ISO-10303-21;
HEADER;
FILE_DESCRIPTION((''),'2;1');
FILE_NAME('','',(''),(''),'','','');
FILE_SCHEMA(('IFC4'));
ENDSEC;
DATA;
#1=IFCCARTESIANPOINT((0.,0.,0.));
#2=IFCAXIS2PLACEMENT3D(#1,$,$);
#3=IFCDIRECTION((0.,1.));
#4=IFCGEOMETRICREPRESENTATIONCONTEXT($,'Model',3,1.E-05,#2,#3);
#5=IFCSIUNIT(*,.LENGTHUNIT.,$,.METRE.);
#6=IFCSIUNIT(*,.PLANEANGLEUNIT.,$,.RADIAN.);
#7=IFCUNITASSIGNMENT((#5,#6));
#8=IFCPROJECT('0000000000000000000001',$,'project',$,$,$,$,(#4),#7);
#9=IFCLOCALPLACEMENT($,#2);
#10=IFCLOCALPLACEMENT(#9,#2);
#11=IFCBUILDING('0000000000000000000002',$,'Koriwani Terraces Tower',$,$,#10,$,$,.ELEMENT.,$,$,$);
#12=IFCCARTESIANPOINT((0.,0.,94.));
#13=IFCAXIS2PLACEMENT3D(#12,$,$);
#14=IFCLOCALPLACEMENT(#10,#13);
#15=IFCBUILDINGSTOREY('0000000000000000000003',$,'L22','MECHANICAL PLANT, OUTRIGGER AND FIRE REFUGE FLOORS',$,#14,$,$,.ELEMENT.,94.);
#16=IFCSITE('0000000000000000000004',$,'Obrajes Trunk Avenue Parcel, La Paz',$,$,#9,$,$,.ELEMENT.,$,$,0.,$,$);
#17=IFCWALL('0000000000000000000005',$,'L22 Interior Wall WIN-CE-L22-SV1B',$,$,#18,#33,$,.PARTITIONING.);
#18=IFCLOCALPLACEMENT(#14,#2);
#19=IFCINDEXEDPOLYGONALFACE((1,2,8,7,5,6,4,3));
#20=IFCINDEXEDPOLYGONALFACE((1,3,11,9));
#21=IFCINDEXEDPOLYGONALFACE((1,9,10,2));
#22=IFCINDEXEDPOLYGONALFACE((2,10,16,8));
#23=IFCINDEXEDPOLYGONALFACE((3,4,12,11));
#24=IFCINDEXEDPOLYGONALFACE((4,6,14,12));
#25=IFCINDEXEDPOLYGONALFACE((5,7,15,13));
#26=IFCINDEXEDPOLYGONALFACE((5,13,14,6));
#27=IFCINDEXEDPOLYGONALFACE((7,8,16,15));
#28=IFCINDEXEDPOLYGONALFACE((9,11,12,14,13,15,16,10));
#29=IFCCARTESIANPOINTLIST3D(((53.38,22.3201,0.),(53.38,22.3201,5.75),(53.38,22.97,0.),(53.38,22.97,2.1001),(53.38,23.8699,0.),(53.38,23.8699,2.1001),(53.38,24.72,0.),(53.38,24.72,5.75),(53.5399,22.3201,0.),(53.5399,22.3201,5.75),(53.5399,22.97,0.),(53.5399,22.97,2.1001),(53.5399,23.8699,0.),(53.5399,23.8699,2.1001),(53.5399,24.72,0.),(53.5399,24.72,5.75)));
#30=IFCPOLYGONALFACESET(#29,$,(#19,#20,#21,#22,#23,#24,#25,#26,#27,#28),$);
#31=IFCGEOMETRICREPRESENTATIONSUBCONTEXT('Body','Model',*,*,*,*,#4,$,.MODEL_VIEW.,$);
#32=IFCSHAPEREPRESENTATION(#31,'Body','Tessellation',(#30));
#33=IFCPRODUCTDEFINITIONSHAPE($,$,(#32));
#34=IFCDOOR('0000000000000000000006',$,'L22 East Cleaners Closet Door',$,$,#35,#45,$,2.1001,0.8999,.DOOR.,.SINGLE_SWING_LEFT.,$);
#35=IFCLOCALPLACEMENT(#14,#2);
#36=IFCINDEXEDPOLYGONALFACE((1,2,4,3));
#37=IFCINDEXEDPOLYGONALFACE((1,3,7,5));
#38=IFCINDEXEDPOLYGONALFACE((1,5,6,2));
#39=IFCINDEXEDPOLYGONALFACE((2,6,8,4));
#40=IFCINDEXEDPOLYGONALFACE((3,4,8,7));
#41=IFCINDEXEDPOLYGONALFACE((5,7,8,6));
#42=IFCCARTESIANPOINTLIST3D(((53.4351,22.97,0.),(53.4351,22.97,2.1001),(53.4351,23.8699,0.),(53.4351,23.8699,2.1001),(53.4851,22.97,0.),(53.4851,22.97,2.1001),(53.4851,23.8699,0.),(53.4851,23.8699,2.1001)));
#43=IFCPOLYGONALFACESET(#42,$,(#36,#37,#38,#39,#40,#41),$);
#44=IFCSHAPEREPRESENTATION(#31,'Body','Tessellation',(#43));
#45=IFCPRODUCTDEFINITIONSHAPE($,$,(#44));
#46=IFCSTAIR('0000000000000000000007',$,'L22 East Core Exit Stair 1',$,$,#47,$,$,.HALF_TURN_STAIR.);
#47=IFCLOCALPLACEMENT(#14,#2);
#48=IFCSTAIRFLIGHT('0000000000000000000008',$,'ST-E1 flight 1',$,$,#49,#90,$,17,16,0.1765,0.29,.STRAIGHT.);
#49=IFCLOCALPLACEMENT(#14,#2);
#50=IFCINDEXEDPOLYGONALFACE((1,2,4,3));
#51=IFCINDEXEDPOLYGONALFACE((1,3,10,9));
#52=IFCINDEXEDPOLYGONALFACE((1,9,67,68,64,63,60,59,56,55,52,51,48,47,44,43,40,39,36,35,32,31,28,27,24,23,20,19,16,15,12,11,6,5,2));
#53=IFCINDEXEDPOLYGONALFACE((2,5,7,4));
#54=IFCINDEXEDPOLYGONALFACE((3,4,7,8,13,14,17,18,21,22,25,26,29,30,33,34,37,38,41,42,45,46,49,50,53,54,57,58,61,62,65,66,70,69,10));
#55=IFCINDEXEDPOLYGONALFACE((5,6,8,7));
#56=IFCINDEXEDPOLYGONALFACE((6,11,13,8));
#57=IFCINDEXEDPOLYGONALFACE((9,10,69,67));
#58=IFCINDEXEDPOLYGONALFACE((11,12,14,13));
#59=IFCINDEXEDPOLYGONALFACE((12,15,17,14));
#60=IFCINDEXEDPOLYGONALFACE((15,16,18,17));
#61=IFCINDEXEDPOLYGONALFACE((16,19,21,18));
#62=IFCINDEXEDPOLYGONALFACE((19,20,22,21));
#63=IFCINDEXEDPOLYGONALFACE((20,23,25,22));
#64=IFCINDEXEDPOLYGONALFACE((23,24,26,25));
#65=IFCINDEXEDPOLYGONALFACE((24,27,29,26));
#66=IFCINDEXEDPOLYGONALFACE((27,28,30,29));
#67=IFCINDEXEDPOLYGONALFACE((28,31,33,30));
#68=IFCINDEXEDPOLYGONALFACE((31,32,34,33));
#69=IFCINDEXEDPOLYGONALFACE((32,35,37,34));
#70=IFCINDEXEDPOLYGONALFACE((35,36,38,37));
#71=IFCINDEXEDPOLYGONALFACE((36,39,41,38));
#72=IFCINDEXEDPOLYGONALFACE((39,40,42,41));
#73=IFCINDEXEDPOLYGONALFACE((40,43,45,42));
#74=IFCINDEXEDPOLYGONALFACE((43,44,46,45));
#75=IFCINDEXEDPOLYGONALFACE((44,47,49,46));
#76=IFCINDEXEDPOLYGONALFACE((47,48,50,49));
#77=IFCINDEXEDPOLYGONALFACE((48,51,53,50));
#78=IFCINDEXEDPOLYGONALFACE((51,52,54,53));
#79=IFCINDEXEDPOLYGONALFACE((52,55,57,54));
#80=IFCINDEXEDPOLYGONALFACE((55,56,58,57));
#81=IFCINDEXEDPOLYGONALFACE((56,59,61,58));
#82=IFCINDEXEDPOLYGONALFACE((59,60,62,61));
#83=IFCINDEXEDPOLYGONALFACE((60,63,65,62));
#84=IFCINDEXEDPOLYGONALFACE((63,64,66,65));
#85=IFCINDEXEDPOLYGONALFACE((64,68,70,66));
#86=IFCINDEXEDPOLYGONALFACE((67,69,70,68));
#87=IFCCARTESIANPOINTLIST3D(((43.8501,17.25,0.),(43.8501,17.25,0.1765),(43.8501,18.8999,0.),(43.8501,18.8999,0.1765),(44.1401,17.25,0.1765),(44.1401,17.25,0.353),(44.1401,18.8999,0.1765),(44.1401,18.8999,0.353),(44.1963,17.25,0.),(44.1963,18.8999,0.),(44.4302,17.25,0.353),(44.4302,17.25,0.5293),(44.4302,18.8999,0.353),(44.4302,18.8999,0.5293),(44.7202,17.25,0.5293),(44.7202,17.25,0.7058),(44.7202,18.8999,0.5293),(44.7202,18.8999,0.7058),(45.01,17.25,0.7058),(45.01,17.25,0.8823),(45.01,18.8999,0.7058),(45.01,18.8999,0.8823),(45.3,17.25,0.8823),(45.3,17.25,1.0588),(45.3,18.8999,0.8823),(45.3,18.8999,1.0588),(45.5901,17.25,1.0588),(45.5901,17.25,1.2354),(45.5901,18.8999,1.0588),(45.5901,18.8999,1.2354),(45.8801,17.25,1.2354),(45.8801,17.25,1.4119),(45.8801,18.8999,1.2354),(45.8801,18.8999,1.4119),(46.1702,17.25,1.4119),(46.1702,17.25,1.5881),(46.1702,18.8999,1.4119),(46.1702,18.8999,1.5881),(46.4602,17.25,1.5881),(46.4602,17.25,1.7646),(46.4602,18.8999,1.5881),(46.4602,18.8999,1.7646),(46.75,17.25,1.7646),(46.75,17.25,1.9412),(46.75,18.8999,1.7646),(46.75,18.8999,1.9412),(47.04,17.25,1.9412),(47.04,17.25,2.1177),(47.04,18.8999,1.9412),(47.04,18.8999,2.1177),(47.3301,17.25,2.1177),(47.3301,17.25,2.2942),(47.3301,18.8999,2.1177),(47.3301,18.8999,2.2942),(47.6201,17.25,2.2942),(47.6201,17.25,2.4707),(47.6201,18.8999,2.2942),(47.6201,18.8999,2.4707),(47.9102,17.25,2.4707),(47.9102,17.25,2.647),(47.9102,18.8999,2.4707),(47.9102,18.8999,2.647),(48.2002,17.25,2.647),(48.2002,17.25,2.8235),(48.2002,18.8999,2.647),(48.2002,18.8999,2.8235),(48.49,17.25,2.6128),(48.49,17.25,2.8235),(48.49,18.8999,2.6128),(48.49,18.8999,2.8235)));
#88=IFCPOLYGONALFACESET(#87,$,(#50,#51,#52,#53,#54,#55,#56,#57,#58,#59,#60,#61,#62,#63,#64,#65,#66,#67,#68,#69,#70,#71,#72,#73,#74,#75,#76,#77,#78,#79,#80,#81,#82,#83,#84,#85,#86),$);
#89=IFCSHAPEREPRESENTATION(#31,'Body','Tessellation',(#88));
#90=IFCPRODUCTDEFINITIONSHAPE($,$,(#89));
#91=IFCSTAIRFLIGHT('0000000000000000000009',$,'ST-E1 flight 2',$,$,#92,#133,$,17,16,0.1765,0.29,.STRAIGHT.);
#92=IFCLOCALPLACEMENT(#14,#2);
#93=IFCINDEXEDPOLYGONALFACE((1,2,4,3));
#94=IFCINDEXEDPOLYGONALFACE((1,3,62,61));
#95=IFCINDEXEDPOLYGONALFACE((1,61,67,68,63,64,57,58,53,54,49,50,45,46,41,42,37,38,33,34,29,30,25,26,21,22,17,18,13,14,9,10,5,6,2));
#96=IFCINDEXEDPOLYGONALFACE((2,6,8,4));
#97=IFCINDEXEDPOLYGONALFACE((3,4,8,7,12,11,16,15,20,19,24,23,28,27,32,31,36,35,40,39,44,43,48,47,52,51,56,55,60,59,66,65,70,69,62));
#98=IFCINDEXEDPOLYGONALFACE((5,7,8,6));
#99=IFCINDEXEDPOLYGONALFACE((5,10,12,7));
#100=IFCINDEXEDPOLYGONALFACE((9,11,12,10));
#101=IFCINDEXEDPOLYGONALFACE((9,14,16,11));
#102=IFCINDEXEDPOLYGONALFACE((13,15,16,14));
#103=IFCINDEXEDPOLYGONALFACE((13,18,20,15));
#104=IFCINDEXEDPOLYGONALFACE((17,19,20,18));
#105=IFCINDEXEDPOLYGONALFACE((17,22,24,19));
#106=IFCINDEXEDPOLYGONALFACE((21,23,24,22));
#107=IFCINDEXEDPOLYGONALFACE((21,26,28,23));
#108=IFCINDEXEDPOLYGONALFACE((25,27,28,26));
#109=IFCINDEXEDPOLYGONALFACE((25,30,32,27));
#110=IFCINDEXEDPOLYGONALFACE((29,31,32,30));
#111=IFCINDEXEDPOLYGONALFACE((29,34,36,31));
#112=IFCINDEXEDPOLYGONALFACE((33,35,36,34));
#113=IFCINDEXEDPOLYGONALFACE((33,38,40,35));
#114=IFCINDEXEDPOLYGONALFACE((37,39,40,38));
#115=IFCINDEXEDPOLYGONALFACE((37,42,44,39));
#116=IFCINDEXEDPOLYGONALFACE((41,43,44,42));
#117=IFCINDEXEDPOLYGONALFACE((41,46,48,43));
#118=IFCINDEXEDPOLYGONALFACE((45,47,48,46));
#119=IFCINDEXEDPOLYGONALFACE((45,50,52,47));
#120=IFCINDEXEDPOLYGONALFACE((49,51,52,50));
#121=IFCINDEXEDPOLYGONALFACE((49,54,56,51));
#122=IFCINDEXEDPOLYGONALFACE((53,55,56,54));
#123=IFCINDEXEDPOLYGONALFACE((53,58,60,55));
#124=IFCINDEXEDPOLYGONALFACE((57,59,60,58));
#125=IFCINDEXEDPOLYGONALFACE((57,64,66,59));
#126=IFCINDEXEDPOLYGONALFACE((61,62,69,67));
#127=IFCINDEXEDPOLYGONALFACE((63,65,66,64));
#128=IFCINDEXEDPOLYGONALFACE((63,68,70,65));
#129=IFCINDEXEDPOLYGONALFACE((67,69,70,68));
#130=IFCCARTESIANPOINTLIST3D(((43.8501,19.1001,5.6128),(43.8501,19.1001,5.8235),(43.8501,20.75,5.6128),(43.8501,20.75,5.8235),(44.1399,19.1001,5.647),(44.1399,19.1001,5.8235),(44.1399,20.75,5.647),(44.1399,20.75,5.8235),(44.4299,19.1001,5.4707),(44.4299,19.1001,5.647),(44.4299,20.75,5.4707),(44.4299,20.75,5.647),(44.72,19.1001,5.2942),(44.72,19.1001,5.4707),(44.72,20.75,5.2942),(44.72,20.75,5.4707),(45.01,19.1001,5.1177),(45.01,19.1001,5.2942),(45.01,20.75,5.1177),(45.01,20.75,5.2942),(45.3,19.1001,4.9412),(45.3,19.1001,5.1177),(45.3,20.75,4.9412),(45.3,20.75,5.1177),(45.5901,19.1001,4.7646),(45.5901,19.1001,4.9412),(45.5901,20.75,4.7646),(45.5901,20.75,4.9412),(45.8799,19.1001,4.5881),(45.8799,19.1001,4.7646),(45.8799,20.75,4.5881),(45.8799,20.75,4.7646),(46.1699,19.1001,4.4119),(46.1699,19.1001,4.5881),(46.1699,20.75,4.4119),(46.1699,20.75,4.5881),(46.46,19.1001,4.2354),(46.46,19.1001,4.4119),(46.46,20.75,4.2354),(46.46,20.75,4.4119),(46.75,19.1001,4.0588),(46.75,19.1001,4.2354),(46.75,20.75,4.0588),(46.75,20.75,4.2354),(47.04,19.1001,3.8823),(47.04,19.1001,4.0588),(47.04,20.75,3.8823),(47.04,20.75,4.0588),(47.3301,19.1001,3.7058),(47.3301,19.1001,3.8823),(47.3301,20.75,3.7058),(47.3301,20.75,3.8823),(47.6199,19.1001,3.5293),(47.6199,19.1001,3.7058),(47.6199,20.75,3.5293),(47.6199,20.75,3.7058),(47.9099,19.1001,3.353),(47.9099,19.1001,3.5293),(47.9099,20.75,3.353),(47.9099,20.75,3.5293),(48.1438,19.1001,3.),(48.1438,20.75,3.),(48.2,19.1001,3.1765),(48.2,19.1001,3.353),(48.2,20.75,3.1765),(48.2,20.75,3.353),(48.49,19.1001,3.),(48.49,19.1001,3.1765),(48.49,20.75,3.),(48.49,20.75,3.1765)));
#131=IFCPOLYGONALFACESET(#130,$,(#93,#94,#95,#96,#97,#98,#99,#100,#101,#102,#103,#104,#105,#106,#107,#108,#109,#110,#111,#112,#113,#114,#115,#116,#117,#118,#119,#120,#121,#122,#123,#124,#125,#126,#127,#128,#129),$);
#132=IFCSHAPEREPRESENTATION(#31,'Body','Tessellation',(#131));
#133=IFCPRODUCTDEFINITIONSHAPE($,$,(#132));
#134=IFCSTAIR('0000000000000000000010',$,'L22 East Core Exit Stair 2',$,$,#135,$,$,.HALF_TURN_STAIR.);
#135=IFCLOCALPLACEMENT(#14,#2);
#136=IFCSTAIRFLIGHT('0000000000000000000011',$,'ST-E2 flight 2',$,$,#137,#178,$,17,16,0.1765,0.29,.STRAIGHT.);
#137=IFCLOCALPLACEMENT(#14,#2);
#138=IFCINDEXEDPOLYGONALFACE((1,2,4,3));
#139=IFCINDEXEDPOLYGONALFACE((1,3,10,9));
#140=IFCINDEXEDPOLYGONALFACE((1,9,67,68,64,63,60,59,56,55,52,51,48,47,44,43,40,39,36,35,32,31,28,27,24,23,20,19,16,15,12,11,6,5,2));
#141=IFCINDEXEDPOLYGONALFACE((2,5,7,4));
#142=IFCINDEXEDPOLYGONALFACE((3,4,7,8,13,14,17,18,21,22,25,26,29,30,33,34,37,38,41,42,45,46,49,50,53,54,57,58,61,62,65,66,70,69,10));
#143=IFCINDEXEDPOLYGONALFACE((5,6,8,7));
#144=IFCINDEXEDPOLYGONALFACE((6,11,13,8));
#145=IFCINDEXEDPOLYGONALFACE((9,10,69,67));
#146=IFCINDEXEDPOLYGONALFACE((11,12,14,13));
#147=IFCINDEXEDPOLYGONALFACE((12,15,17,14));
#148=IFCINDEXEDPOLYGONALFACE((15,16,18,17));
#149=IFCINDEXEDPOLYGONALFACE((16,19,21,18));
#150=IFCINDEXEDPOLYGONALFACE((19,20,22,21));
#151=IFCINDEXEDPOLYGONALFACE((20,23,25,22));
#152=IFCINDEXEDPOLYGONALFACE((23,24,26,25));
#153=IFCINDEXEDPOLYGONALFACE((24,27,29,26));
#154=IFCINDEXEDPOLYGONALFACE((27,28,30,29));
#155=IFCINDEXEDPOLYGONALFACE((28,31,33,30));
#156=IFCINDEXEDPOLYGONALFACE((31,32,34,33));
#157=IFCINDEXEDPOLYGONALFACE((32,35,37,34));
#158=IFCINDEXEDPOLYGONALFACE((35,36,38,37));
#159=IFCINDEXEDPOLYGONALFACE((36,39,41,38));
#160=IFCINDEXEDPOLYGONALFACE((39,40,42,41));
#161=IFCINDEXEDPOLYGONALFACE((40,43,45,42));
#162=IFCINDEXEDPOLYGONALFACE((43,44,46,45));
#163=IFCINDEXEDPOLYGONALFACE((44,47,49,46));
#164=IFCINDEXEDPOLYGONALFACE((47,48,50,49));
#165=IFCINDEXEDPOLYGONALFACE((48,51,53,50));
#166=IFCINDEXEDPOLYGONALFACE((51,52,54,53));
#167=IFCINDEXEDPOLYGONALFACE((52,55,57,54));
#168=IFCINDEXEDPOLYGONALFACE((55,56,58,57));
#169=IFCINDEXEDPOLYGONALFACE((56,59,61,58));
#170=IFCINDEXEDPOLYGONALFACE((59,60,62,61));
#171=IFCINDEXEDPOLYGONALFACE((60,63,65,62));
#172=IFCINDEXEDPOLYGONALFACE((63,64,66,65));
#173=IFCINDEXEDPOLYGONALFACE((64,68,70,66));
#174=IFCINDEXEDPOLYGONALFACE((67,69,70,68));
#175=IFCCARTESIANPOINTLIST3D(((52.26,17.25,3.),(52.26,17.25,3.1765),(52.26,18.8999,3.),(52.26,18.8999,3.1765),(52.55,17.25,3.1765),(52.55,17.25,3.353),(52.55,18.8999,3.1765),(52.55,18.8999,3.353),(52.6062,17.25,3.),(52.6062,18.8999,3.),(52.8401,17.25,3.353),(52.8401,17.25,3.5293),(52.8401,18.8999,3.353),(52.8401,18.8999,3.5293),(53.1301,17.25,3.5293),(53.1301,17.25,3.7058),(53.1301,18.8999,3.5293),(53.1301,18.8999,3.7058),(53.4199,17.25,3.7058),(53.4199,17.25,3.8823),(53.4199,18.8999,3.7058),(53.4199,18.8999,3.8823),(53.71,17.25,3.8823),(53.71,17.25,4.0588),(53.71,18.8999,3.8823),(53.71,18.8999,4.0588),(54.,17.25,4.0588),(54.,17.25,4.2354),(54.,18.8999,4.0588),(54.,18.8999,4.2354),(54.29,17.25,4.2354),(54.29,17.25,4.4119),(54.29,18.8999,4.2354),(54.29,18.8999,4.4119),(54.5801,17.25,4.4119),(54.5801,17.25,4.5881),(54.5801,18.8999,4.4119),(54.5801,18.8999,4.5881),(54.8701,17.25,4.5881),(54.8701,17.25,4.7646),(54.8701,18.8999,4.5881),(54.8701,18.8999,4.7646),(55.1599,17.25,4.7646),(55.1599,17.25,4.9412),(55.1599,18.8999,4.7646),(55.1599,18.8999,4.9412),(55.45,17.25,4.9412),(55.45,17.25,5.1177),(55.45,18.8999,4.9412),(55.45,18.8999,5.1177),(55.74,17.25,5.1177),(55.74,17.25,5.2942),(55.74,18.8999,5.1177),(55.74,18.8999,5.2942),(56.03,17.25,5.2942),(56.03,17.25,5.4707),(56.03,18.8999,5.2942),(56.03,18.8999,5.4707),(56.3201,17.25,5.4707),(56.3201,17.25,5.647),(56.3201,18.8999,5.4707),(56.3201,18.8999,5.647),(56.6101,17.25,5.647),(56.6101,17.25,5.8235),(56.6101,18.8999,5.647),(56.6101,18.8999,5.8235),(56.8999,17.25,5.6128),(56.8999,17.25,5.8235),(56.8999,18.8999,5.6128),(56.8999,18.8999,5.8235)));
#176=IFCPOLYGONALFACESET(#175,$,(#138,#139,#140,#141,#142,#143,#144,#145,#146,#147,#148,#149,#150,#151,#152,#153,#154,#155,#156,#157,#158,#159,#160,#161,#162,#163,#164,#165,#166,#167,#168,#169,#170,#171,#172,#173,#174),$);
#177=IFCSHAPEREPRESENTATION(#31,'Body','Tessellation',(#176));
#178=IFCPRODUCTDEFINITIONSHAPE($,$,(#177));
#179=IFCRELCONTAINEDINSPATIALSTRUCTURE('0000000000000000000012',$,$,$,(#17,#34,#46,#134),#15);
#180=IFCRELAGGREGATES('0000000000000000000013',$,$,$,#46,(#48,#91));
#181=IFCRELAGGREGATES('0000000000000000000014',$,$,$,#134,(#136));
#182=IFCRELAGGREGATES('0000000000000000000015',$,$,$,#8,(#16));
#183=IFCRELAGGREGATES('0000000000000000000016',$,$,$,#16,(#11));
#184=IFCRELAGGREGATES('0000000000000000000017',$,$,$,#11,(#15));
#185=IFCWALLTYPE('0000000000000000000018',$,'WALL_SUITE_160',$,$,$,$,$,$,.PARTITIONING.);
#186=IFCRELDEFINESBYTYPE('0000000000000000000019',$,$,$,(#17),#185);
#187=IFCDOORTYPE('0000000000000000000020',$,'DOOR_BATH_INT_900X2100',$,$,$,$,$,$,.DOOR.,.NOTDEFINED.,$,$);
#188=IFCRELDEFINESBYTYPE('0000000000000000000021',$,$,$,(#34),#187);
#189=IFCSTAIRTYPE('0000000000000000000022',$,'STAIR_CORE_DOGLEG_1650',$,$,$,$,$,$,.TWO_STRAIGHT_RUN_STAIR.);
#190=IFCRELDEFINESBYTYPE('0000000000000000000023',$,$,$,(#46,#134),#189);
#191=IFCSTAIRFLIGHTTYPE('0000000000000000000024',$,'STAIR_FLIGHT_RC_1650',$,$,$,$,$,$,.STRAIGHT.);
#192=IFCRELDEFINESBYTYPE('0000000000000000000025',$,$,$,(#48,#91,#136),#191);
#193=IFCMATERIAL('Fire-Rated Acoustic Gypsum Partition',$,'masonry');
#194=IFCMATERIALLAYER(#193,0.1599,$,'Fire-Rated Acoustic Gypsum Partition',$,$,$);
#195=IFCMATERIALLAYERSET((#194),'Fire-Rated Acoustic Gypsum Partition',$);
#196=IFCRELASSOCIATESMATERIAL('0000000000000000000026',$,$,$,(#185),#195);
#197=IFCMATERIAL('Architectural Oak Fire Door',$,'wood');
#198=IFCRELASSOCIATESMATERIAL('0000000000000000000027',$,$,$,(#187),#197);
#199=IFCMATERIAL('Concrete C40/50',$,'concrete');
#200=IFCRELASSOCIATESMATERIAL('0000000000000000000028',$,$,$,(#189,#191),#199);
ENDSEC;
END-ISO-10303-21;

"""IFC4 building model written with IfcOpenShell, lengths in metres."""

from ifc_helpers import new_model, si_unit, direction, frame, frame_2d, origin, place, context, subcontext, project, spatial, polyline, rectangle, outline, extrude, material, layer, layer_set, type_object, element, fill, aggregate, save


model = new_model("IFC4")

# Units and contexts
model_context = context("Model", 3, precision=1e-05, world=origin(), true_north=direction((0.0, 1.0)))
body_context = subcontext(model_context, "Body", "Model", "MODEL_VIEW")
ifc_project = project(units=[si_unit("LENGTHUNIT", "METRE"), si_unit("PLANEANGLEUNIT", "RADIAN")], contexts=[model_context])

# Site, building, storey
site_placement = place(None, origin())
site = spatial("IfcSite", under=ifc_project, at=site_placement, Name="Obrajes Trunk Avenue Parcel, La Paz", CompositionType="ELEMENT", RefElevation=0.0)
building_placement = place(site_placement, origin())
building = spatial("IfcBuilding", under=site, at=building_placement, Name="Koriwani Terraces Tower", CompositionType="ELEMENT")
storey_placement = place(building_placement, frame((0.0, 0.0, 94.0)))
storey = spatial("IfcBuildingStorey", under=building, at=storey_placement, Name="L22", Description="MECHANICAL PLANT, OUTRIGGER AND FIRE REFUGE FLOORS", CompositionType="ELEMENT", Elevation=94.0)

# Shared definitions
ifc_material_1 = material(Name="Concrete C40/50", Category="concrete")

# Wall, opening, door
ifc_material_2 = material(Name="Fire-Rated Acoustic Gypsum Partition", Category="masonry")
ifc_layer_1 = layer(ifc_material_2, 0.1599, Name="Fire-Rated Acoustic Gypsum Partition")
ifc_layer_set_1 = layer_set([ifc_layer_1], Name="Fire-Rated Acoustic Gypsum Partition")
wall_type_1 = type_object("IfcWallType", Name="WALL_SUITE_160", PredefinedType="PARTITIONING", material=ifc_layer_set_1)
wall_1_placement = place(storey_placement, frame((53.46, 22.3201, 0.0), z_axis=(0.0, 0.0, 1.0), x_axis=(0.0, 1.0, 0.0)))
wall_1 = element("IfcWall", 1, at=wall_1_placement, inside=storey, type_object=wall_type_1, Name="L22 Interior Wall WIN-CE-L22-SV1B", PredefinedType="PARTITIONING", context=body_context, shape_type="SweptSolid", body=[
    extrude(rectangle(XDim=2.3999, YDim=0.1599, at=frame_2d((1.2, 0.0))), origin(), (0.0, 0.0, 1.0), 5.75),
])
opening_1_placement = place(wall_1_placement, frame((0.6499, 0.0, 0.0)))
opening_1 = element("IfcOpeningElement", 2, at=opening_1_placement, cuts=wall_1, PredefinedType="OPENING", context=body_context, shape_type="SweptSolid", body=[
    extrude(rectangle(XDim=0.8999, YDim=2.1001, at=frame_2d((0.45, 1.05))), frame((0.0, 0.0898, 0.0), z_axis=(0.0, -1.0, 0.0), x_axis=(1.0, 0.0, 0.0)), (0.0, 0.0, 1.0), 0.1799),
])
ifc_material_3 = material(Name="Architectural Oak Fire Door", Category="wood")
door_type_1 = type_object("IfcDoorType", Name="DOOR_BATH_INT_900X2100", OperationType="NOTDEFINED", PredefinedType="DOOR", material=ifc_material_3)
door_1_placement = place(opening_1_placement, origin())
door_1 = element("IfcDoor", 3, at=door_1_placement, inside=storey, type_object=door_type_1, Name="L22 East Cleaners Closet Door", OperationType="SINGLE_SWING_LEFT", OverallHeight=2.1001, OverallWidth=0.8999, PredefinedType="DOOR", context=body_context, shape_type="SweptSolid", body=[
    extrude(rectangle(XDim=0.8999, YDim=2.1001, at=frame_2d((0.45, 1.05))), frame((0.0, 0.0249, 0.0), z_axis=(0.0, -1.0, 0.0), x_axis=(1.0, 0.0, 0.0)), (0.0, 0.0, 1.0), 0.05),
])
fill(opening_1, door_1)

# Stair, stair flights
stair_type = type_object("IfcStairType", Name="STAIR_CORE_DOGLEG_1650", PredefinedType="TWO_STRAIGHT_RUN_STAIR", material=ifc_material_1)
stair_1_placement = place(storey_placement, origin())
stair_1 = element("IfcStair", 4, at=stair_1_placement, inside=storey, type_object=stair_type, Name="L22 East Core Exit Stair 1", PredefinedType="HALF_TURN_STAIR")
stair_flight_type = type_object("IfcStairFlightType", Name="STAIR_FLIGHT_RC_1650", PredefinedType="STRAIGHT", material=ifc_material_1)
stair_flight_1_placement = place(storey_placement, frame((43.8501, 18.075, 0.0), z_axis=(0.0, 0.0, 1.0), x_axis=(1.0, 0.0, 0.0)))
stair_flight_1 = element("IfcStairFlight", 5, at=stair_flight_1_placement, type_object=stair_flight_type, Name="ST-E1 flight 1", NumberOfRisers=17, NumberOfTreads=16, PredefinedType="STRAIGHT", RiserHeight=0.1765, TreadLength=0.29, context=body_context, shape_type="SweptSolid", body=[
    extrude(outline(polyline([(0.0, 0.0), (0.0, 0.1765), (0.29, 0.1765), (0.29, 0.353), (0.5801, 0.353), (0.5801, 0.5293), (0.8701, 0.5293), (0.8701, 0.7058), (1.1599, 0.7058), (1.1599, 0.8823), (1.45, 0.8823), (1.45, 1.0588), (1.74, 1.0588), (1.74, 1.2354), (2.03, 1.2354), (2.03, 1.4119), (2.3201, 1.4119), (2.3201, 1.5881), (2.6101, 1.5881), (2.6101, 1.7646), (2.8999, 1.7646), (2.8999, 1.9412), (3.1899, 1.9412), (3.1899, 2.1177), (3.48, 2.1177), (3.48, 2.2942), (3.77, 2.2942), (3.77, 2.4707), (4.0601, 2.4707), (4.0601, 2.647), (4.3501, 2.647), (4.3501, 2.8235), (4.6399, 2.8235), (4.6399, 3.0), (4.6399, 2.6128), (0.3462, 0.0), (0.0, 0.0)])), frame((0.0, 0.825, 0.0), z_axis=(0.0, -1.0, 0.0), x_axis=(1.0, 0.0, 0.0)), (0.0, 0.0, 1.0), 1.6499),
])
stair_flight_2_placement = place(storey_placement, frame((48.49, 19.925, 3.0), z_axis=(0.0, 0.0, 1.0), x_axis=(-1.0, 0.0, 0.0)))
stair_flight_2 = element("IfcStairFlight", 6, at=stair_flight_2_placement, type_object=stair_flight_type, Name="ST-E1 flight 2", NumberOfRisers=17, NumberOfTreads=16, PredefinedType="STRAIGHT", RiserHeight=0.1765, TreadLength=0.29, context=body_context, shape_type="SweptSolid", body=[
    extrude(outline(polyline([(0.0, 0.0), (0.0, 0.1765), (0.29, 0.1765), (0.29, 0.353), (0.5801, 0.353), (0.5801, 0.5293), (0.8701, 0.5293), (0.8701, 0.7058), (1.1599, 0.7058), (1.1599, 0.8823), (1.45, 0.8823), (1.45, 1.0588), (1.74, 1.0588), (1.74, 1.2354), (2.03, 1.2354), (2.03, 1.4119), (2.3201, 1.4119), (2.3201, 1.5881), (2.6101, 1.5881), (2.6101, 1.7646), (2.8999, 1.7646), (2.8999, 1.9412), (3.1899, 1.9412), (3.1899, 2.1177), (3.48, 2.1177), (3.48, 2.2942), (3.77, 2.2942), (3.77, 2.4707), (4.0601, 2.4707), (4.0601, 2.647), (4.3501, 2.647), (4.3501, 2.8235), (4.6399, 2.8235), (4.6399, 3.0), (4.6399, 2.6128), (0.3462, 0.0), (0.0, 0.0)])), frame((0.0, 0.825, 0.0), z_axis=(0.0, -1.0, 0.0), x_axis=(1.0, 0.0, 0.0)), (0.0, 0.0, 1.0), 1.6499),
])
aggregate(stair_1, [stair_flight_1, stair_flight_2])

# Stair, stair flight
stair_2_placement = place(storey_placement, origin())
stair_2 = element("IfcStair", 7, at=stair_2_placement, inside=storey, type_object=stair_type, Name="L22 East Core Exit Stair 2", PredefinedType="HALF_TURN_STAIR")
stair_flight_3_placement = place(storey_placement, frame((52.26, 18.075, 3.0), z_axis=(0.0, 0.0, 1.0), x_axis=(1.0, 0.0, 0.0)))
stair_flight_3 = element("IfcStairFlight", 8, at=stair_flight_3_placement, type_object=stair_flight_type, Name="ST-E2 flight 2", NumberOfRisers=17, NumberOfTreads=16, PredefinedType="STRAIGHT", RiserHeight=0.1765, TreadLength=0.29, context=body_context, shape_type="SweptSolid", body=[
    extrude(outline(polyline([(0.0, 0.0), (0.0, 0.1765), (0.29, 0.1765), (0.29, 0.353), (0.5801, 0.353), (0.5801, 0.5293), (0.8701, 0.5293), (0.8701, 0.7058), (1.1599, 0.7058), (1.1599, 0.8823), (1.45, 0.8823), (1.45, 1.0588), (1.74, 1.0588), (1.74, 1.2354), (2.03, 1.2354), (2.03, 1.4119), (2.3201, 1.4119), (2.3201, 1.5881), (2.6101, 1.5881), (2.6101, 1.7646), (2.8999, 1.7646), (2.8999, 1.9412), (3.1899, 1.9412), (3.1899, 2.1177), (3.48, 2.1177), (3.48, 2.2942), (3.77, 2.2942), (3.77, 2.4707), (4.0601, 2.4707), (4.0601, 2.647), (4.3501, 2.647), (4.3501, 2.8235), (4.6399, 2.8235), (4.6399, 3.0), (4.6399, 2.6128), (0.3462, 0.0), (0.0, 0.0)])), frame((0.0, 0.825, 0.0), z_axis=(0.0, -1.0, 0.0), x_axis=(1.0, 0.0, 0.0)), (0.0, 0.0, 1.0), 1.6499),
])
aggregate(stair_2, [stair_flight_3])

save(model, "model.ifc")
